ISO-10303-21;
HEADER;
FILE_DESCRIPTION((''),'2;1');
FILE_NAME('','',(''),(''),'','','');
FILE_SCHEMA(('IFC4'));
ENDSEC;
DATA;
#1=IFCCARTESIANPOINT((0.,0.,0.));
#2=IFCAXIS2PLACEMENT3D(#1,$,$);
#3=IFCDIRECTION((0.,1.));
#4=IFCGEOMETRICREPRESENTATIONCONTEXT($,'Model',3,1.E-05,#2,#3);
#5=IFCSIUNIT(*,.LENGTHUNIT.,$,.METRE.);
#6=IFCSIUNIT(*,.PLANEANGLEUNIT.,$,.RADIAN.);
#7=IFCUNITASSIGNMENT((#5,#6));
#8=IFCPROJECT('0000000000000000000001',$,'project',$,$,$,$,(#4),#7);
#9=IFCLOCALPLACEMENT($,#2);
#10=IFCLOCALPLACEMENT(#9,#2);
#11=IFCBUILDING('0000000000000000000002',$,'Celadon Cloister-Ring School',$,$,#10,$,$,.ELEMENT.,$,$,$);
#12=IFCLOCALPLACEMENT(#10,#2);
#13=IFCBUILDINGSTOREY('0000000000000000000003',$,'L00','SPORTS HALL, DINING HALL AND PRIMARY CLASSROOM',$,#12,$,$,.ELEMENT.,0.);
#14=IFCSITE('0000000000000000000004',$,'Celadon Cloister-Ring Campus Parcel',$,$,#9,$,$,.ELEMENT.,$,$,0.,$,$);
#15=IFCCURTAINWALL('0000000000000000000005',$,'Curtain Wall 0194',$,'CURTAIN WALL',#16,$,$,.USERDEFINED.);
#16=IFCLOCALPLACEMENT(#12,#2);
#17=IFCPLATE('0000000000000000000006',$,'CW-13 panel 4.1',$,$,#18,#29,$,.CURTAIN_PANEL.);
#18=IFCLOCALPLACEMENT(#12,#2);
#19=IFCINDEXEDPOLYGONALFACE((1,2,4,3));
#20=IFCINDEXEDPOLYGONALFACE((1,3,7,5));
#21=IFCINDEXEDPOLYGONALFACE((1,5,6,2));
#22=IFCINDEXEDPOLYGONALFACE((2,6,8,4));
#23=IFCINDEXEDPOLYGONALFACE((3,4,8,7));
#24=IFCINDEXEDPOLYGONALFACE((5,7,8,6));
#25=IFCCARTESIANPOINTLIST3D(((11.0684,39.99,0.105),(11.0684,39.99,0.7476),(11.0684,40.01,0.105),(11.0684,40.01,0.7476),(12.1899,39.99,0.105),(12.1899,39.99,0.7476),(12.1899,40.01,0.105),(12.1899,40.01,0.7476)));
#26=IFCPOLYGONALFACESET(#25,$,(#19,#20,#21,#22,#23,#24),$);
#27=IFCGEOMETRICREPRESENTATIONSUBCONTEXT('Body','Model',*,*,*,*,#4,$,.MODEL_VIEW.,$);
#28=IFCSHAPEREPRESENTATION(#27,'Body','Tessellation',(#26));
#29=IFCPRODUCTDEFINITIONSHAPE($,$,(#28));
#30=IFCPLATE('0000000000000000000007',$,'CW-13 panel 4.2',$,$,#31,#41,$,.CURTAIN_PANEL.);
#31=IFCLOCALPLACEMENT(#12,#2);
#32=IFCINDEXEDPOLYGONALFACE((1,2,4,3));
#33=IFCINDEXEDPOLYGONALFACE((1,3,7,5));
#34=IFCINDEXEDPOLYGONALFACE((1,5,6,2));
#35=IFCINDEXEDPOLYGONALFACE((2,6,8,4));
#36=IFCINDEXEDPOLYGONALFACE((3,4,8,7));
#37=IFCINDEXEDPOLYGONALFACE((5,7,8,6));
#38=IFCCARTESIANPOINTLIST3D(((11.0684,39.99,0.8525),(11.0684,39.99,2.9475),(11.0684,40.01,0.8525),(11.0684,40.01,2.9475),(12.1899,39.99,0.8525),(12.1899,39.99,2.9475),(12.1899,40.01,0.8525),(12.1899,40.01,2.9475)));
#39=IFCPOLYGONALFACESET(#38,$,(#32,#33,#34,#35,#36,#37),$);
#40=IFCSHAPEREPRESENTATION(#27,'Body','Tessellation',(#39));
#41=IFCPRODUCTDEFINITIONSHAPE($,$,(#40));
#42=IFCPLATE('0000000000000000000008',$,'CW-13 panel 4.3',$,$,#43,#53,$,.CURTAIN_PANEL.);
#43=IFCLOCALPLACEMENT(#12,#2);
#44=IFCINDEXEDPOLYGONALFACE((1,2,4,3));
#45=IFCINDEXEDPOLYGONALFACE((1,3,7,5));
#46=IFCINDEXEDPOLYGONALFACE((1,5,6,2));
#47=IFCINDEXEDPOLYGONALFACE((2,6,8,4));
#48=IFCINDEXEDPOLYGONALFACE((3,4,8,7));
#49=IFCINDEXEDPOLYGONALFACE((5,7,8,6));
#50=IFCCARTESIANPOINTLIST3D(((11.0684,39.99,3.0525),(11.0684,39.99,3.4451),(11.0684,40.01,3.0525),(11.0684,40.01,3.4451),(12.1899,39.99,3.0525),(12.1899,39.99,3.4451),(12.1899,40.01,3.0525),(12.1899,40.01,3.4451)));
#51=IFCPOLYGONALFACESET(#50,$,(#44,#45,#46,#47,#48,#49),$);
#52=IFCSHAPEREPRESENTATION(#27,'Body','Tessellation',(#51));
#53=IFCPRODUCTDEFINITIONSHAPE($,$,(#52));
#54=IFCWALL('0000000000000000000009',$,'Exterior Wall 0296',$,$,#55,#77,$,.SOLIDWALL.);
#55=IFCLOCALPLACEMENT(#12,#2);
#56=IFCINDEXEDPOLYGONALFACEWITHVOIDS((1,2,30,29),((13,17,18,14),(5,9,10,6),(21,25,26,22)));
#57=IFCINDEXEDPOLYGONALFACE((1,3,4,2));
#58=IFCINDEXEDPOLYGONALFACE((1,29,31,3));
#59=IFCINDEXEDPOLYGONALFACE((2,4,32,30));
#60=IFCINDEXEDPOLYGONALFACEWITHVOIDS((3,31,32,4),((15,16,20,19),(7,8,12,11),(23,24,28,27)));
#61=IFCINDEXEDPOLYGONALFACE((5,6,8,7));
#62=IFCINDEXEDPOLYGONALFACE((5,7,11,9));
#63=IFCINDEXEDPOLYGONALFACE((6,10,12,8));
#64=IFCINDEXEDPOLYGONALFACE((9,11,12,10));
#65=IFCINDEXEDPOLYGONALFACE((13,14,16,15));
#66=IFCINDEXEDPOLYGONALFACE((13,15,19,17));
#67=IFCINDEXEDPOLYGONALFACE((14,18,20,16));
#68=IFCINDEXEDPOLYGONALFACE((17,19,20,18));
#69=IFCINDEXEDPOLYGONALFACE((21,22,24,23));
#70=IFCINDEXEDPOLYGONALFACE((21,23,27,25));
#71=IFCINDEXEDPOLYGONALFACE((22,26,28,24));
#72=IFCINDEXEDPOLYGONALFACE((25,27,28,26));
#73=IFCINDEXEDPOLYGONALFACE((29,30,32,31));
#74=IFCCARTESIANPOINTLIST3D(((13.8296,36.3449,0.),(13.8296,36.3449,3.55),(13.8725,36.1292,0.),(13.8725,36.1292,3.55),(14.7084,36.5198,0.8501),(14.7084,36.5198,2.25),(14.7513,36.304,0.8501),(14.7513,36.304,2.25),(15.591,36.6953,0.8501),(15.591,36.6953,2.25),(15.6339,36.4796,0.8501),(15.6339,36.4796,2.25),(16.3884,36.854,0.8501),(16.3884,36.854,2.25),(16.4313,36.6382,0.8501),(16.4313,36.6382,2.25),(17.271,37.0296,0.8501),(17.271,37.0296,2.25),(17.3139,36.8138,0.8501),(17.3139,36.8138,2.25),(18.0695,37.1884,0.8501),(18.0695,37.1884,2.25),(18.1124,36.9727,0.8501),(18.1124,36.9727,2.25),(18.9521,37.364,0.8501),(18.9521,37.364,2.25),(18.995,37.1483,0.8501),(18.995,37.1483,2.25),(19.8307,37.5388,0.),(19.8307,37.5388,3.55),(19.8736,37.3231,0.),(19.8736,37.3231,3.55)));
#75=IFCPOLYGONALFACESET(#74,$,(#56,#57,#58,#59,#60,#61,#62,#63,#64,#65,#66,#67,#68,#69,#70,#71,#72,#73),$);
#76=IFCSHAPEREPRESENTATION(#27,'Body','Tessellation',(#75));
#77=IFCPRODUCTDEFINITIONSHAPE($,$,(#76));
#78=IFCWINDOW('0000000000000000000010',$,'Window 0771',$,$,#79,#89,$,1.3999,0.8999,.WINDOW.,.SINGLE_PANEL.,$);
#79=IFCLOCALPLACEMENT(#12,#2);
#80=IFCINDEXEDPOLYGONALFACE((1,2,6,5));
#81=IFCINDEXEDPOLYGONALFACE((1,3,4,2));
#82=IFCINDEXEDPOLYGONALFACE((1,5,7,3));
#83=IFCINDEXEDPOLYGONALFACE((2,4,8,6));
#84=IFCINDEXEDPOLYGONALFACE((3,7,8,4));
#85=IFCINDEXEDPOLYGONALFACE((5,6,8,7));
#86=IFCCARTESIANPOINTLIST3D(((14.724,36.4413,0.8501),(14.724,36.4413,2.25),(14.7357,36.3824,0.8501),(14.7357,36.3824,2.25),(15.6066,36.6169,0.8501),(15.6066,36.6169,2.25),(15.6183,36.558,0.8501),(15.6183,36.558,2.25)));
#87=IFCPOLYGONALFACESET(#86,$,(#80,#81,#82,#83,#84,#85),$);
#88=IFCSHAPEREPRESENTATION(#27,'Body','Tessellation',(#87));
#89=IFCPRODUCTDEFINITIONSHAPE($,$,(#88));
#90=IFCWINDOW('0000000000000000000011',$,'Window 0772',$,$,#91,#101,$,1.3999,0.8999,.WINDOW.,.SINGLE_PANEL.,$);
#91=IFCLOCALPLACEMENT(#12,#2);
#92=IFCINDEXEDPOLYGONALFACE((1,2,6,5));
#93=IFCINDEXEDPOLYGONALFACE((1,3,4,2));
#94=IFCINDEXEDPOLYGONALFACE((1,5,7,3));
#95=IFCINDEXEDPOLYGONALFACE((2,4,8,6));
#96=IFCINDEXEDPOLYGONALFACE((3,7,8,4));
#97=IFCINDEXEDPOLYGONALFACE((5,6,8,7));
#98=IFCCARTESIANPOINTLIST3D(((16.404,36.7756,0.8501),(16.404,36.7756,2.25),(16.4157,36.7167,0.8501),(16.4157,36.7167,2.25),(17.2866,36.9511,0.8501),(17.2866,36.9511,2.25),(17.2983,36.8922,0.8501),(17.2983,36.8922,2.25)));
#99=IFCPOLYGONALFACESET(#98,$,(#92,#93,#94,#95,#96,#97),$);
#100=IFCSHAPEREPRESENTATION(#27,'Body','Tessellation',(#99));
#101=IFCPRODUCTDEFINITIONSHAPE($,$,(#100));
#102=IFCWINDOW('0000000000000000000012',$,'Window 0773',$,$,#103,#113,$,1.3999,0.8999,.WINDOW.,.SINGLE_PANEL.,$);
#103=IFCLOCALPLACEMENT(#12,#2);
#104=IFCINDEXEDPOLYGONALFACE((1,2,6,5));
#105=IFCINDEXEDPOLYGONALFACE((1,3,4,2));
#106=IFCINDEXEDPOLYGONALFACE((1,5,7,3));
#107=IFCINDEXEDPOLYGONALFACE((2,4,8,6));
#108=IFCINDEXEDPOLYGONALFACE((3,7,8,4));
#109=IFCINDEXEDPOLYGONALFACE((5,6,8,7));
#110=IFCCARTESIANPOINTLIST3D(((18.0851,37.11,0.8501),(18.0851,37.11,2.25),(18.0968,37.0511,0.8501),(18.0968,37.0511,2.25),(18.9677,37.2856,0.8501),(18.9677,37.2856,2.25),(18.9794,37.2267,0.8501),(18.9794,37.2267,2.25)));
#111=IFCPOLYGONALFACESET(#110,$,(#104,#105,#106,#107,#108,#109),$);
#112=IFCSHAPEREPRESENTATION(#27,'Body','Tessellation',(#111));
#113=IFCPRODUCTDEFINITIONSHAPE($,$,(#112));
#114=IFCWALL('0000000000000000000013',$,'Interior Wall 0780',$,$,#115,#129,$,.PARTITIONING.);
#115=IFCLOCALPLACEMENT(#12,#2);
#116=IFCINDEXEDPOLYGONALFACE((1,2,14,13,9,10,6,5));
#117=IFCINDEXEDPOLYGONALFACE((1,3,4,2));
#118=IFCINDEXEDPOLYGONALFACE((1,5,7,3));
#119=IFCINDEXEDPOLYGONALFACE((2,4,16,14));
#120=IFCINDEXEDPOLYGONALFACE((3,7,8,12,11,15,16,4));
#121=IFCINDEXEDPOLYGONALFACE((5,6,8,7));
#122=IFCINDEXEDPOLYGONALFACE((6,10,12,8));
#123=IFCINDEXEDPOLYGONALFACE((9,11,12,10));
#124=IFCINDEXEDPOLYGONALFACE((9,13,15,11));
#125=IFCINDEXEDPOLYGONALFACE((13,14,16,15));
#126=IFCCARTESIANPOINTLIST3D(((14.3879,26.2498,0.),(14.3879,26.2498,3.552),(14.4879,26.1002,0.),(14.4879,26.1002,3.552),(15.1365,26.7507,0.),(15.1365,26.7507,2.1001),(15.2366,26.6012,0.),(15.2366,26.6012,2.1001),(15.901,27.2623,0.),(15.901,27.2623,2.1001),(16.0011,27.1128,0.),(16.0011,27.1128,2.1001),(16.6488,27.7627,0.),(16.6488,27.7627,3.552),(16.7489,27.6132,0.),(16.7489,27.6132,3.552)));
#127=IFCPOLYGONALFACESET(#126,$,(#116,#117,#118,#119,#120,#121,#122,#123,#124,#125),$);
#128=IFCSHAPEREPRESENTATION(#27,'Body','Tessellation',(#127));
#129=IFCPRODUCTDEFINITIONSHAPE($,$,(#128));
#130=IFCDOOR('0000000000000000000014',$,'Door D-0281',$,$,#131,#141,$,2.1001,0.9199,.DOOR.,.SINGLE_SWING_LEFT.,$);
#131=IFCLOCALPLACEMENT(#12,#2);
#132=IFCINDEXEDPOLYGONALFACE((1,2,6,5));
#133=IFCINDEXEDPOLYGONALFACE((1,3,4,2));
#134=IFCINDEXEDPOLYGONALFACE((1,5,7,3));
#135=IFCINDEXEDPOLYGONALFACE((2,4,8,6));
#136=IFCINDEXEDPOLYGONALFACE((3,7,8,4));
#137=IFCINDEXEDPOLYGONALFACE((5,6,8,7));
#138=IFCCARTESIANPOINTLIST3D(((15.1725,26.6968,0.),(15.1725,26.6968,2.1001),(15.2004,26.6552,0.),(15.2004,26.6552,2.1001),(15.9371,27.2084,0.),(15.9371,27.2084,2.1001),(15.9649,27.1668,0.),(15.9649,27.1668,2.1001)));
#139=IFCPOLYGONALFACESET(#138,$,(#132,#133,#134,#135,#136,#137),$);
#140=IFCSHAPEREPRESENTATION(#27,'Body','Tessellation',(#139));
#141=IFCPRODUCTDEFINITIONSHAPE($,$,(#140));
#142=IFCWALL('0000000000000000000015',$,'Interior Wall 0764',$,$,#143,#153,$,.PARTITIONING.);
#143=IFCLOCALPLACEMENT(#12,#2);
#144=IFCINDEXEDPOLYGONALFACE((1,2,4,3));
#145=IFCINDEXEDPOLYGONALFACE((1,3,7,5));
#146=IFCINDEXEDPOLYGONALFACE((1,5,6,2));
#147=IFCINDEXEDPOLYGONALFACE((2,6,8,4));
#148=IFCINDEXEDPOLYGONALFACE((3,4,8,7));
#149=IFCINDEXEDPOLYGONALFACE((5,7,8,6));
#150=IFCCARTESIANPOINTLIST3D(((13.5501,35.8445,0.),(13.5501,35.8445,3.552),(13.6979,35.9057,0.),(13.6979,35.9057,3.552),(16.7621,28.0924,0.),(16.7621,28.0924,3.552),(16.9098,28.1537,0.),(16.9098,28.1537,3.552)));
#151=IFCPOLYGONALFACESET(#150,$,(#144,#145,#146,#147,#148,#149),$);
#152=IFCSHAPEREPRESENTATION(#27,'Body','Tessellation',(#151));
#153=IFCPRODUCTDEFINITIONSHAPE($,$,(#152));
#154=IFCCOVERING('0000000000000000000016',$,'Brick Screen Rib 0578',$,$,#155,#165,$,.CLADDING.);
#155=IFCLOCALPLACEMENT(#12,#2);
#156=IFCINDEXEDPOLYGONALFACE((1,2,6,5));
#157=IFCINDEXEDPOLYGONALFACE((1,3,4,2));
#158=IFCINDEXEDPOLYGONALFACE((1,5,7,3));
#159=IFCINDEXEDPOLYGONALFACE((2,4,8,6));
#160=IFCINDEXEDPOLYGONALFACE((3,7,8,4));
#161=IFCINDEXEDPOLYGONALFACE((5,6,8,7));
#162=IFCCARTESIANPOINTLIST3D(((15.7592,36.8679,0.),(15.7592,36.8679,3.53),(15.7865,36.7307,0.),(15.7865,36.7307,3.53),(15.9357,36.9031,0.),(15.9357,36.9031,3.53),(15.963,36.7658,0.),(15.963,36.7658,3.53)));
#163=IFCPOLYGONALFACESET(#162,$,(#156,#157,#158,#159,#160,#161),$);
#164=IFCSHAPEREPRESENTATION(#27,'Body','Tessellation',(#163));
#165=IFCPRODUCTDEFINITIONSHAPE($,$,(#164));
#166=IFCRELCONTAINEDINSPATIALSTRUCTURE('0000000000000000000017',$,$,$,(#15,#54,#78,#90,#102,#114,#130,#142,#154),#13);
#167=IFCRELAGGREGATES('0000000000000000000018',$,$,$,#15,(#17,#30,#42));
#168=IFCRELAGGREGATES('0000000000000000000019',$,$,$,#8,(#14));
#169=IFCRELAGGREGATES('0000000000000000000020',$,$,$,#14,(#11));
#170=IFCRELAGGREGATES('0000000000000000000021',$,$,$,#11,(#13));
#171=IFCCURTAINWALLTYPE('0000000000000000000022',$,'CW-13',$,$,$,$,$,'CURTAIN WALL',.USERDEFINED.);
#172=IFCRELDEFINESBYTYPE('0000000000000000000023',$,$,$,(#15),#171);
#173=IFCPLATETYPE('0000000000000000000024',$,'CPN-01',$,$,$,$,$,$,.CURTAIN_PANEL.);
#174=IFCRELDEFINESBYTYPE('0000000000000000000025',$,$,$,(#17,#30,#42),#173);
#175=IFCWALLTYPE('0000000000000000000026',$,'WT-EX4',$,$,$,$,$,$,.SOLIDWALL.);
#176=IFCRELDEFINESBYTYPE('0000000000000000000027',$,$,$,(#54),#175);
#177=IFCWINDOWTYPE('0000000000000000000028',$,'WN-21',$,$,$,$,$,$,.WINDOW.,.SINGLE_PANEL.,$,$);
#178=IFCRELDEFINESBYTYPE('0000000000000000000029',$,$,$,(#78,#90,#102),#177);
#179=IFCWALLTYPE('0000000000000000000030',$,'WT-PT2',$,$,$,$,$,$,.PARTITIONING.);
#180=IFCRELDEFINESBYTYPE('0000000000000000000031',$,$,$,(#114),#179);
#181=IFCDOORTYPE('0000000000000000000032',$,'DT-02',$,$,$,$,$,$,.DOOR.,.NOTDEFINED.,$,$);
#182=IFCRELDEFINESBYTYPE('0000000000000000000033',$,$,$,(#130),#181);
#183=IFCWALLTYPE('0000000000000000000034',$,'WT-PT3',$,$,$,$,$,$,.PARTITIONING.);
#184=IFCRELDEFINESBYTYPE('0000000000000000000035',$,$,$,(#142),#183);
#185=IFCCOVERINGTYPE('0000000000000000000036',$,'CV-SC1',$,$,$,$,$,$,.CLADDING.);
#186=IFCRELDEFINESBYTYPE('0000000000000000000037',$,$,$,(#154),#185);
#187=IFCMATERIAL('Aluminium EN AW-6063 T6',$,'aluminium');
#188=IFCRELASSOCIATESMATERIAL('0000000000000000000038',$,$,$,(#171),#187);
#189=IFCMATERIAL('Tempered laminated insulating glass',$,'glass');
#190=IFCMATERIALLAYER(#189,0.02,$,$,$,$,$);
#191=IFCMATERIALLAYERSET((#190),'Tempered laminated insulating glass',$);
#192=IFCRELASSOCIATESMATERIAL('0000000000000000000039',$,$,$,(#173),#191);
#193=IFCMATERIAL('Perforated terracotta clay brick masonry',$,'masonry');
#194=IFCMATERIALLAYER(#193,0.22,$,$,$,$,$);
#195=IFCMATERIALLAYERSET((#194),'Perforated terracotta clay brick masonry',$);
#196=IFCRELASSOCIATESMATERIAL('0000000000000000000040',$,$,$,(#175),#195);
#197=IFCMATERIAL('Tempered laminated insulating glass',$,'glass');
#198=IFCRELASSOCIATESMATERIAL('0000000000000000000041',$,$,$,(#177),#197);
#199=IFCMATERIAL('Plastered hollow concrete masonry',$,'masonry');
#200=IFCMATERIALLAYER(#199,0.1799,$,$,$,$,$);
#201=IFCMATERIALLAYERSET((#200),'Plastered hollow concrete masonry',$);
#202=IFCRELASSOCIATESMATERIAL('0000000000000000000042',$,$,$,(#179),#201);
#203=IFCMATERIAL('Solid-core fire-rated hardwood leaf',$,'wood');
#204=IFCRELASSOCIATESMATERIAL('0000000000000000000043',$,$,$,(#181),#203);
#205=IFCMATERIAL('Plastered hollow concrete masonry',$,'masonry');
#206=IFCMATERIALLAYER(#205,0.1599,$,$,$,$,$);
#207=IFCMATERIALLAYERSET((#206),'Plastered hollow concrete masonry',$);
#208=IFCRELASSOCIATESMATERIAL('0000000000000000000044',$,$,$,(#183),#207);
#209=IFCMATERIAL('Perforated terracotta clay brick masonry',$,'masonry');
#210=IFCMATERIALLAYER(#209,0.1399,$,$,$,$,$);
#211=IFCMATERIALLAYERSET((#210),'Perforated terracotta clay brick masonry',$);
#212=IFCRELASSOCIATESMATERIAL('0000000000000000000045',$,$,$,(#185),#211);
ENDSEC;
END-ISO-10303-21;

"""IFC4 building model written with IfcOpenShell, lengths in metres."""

from ifc_helpers import new_model, si_unit, direction, frame, frame_2d, origin, origin_2d, place, context, subcontext, project, spatial, rectangle, extrude, material, layer, layer_set, type_object, element, fill, aggregate, save


model = new_model("IFC4")

# Units and contexts
model_context = context("Model", 3, precision=1e-05, world=origin(), true_north=direction((0.0, 1.0)))
body_context = subcontext(model_context, "Body", "Model", "MODEL_VIEW")
ifc_project = project(units=[si_unit("LENGTHUNIT", "METRE"), si_unit("PLANEANGLEUNIT", "RADIAN")], contexts=[model_context])

# Site, building, storey
site_placement = place(None, origin())
site = spatial("IfcSite", under=ifc_project, at=site_placement, Name="Celadon Cloister-Ring Campus Parcel", CompositionType="ELEMENT", RefElevation=0.0)
building_placement = place(site_placement, origin())
building = spatial("IfcBuilding", under=site, at=building_placement, Name="Celadon Cloister-Ring School", CompositionType="ELEMENT")
storey_placement = place(building_placement, origin())
storey = spatial("IfcBuildingStorey", under=building, at=storey_placement, Name="L00", Description="SPORTS HALL, DINING HALL AND PRIMARY CLASSROOM", CompositionType="ELEMENT", Elevation=0.0)

# Curtain wall
ifc_material_1 = material(Name="Aluminium EN AW-6063 T6", Category="aluminium")
curtain_wall_type = type_object("IfcCurtainWallType", Name="CW-13", ElementType="CURTAIN WALL", PredefinedType="USERDEFINED", material=ifc_material_1)
curtain_wall_placement = place(storey_placement, origin())
curtain_wall = element("IfcCurtainWall", 1, at=curtain_wall_placement, inside=storey, type_object=curtain_wall_type, Name="Curtain Wall 0194", ObjectType="CURTAIN WALL", PredefinedType="USERDEFINED")

# Plates
ifc_material_2 = material(Name="Tempered laminated insulating glass", Category="glass")
ifc_layer_1 = layer(ifc_material_2, 0.02)
ifc_layer_set_1 = layer_set([ifc_layer_1], Name="Tempered laminated insulating glass")
plate_type = type_object("IfcPlateType", Name="CPN-01", PredefinedType="CURTAIN_PANEL", material=ifc_layer_set_1)
plate_1_placement = place(storey_placement, frame((11.6292, 40.0, 0.105), z_axis=(0.0, 0.0, 1.0), x_axis=(-1.0, 0.0, 0.0)))
plate_1 = element("IfcPlate", 2, at=plate_1_placement, type_object=plate_type, Name="CW-13 panel 4.1", PredefinedType="CURTAIN_PANEL", context=body_context, shape_type="SweptSolid", body=[
    extrude(rectangle(XDim=1.1216, YDim=0.02, at=origin_2d()), origin(), (0.0, 0.0, 1.0), 0.6426),
])
plate_2_placement = place(storey_placement, frame((11.6292, 40.0, 0.8525), z_axis=(0.0, 0.0, 1.0), x_axis=(-1.0, 0.0, 0.0)))
plate_2 = element("IfcPlate", 3, at=plate_2_placement, type_object=plate_type, Name="CW-13 panel 4.2", PredefinedType="CURTAIN_PANEL", context=body_context, shape_type="SweptSolid", body=[
    extrude(rectangle(XDim=1.1216, YDim=0.02, at=origin_2d()), origin(), (0.0, 0.0, 1.0), 2.095),
])
plate_3_placement = place(storey_placement, frame((11.6292, 40.0, 3.0525), z_axis=(0.0, 0.0, 1.0), x_axis=(-1.0, 0.0, 0.0)))
plate_3 = element("IfcPlate", 4, at=plate_3_placement, type_object=plate_type, Name="CW-13 panel 4.3", PredefinedType="CURTAIN_PANEL", context=body_context, shape_type="SweptSolid", body=[
    extrude(rectangle(XDim=1.1216, YDim=0.02, at=origin_2d()), origin(), (0.0, 0.0, 1.0), 0.3926),
])
aggregate(curtain_wall, [plate_1, plate_2, plate_3])

# Wall, openings, windows
ifc_material_3 = material(Name="Perforated terracotta clay brick masonry", Category="masonry")
ifc_layer_2 = layer(ifc_material_3, 0.22)
ifc_layer_set_2 = layer_set([ifc_layer_2], Name="Perforated terracotta clay brick masonry")
wall_type_1 = type_object("IfcWallType", Name="WT-EX4", PredefinedType="SOLIDWALL", material=ifc_layer_set_2)
wall_1_placement = place(storey_placement, frame((13.8511, 36.2371, 0.0), z_axis=(0.0, 0.0, 1.0), x_axis=(0.98078, 0.195118, 0.0)))
wall_1 = element("IfcWall", 5, at=wall_1_placement, inside=storey, type_object=wall_type_1, Name="Exterior Wall 0296", PredefinedType="SOLIDWALL", context=body_context, shape_type="SweptSolid", body=[
    extrude(rectangle(XDim=6.1187, YDim=0.22, at=frame_2d((3.0593, 0.0))), origin(), (0.0, 0.0, 1.0), 3.55),
])
opening_1_placement = place(wall_1_placement, frame((0.896, 0.0, 0.8501)))
opening_1 = element("IfcOpeningElement", 6, at=opening_1_placement, cuts=wall_1, PredefinedType="OPENING", context=body_context, shape_type="SweptSolid", body=[
    extrude(rectangle(XDim=0.8999, YDim=1.3999, at=frame_2d((0.45, 0.7))), frame((0.0, 0.1201, 0.0), z_axis=(0.0, -1.0, 0.0), x_axis=(1.0, 0.0, 0.0)), (0.0, 0.0, 1.0), 0.24),
])
opening_2_placement = place(wall_1_placement, frame((2.6089, 0.0, 0.8501)))
opening_2 = element("IfcOpeningElement", 7, at=opening_2_placement, cuts=wall_1, PredefinedType="OPENING", context=body_context, shape_type="SweptSolid", body=[
    extrude(rectangle(XDim=0.8999, YDim=1.3999, at=frame_2d((0.45, 0.7))), frame((0.0, 0.1201, 0.0), z_axis=(0.0, -1.0, 0.0), x_axis=(1.0, 0.0, 0.0)), (0.0, 0.0, 1.0), 0.24),
])
opening_3_placement = place(wall_1_placement, frame((4.323, 0.0, 0.8501)))
opening_3 = element("IfcOpeningElement", 8, at=opening_3_placement, cuts=wall_1, PredefinedType="OPENING", context=body_context, shape_type="SweptSolid", body=[
    extrude(rectangle(XDim=0.8999, YDim=1.3999, at=frame_2d((0.45, 0.7))), frame((0.0, 0.1201, 0.0), z_axis=(0.0, -1.0, 0.0), x_axis=(1.0, 0.0, 0.0)), (0.0, 0.0, 1.0), 0.24),
])
ifc_material_4 = material(Name="Tempered laminated insulating glass", Category="glass")
window_type = type_object("IfcWindowType", Name="WN-21", PartitioningType="SINGLE_PANEL", PredefinedType="WINDOW", material=ifc_material_4)
window_1_placement = place(opening_1_placement, origin())
window_1 = element("IfcWindow", 9, at=window_1_placement, inside=storey, type_object=window_type, Name="Window 0771", OverallHeight=1.3999, OverallWidth=0.8999, PartitioningType="SINGLE_PANEL", PredefinedType="WINDOW", context=body_context, shape_type="SweptSolid", body=[
    extrude(rectangle(XDim=0.8999, YDim=1.3999, at=frame_2d((0.45, 0.7))), frame((0.0, 0.03, 0.0), z_axis=(0.0, -1.0, 0.0), x_axis=(1.0, 0.0, 0.0)), (0.0, 0.0, 1.0), 0.0601),
])
fill(opening_1, window_1)
window_2_placement = place(opening_2_placement, origin())
window_2 = element("IfcWindow", 10, at=window_2_placement, inside=storey, type_object=window_type, Name="Window 0772", OverallHeight=1.3999, OverallWidth=0.8999, PartitioningType="SINGLE_PANEL", PredefinedType="WINDOW", context=body_context, shape_type="SweptSolid", body=[
    extrude(rectangle(XDim=0.8999, YDim=1.3999, at=frame_2d((0.45, 0.7))), frame((0.0, 0.03, 0.0), z_axis=(0.0, -1.0, 0.0), x_axis=(1.0, 0.0, 0.0)), (0.0, 0.0, 1.0), 0.0601),
])
fill(opening_2, window_2)
window_3_placement = place(opening_3_placement, origin())
window_3 = element("IfcWindow", 11, at=window_3_placement, inside=storey, type_object=window_type, Name="Window 0773", OverallHeight=1.3999, OverallWidth=0.8999, PartitioningType="SINGLE_PANEL", PredefinedType="WINDOW", context=body_context, shape_type="SweptSolid", body=[
    extrude(rectangle(XDim=0.8999, YDim=1.3999, at=frame_2d((0.45, 0.7))), frame((0.0, 0.03, 0.0), z_axis=(0.0, -1.0, 0.0), x_axis=(1.0, 0.0, 0.0)), (0.0, 0.0, 1.0), 0.0601),
])
fill(opening_3, window_3)

# Wall, opening, door
ifc_material_5 = material(Name="Plastered hollow concrete masonry", Category="masonry")
ifc_layer_3 = layer(ifc_material_5, 0.1799)
ifc_layer_set_3 = layer_set([ifc_layer_3], Name="Plastered hollow concrete masonry")
wall_type_2 = type_object("IfcWallType", Name="WT-PT2", PredefinedType="PARTITIONING", material=ifc_layer_set_3)
wall_2_placement = place(storey_placement, frame((16.699, 27.688, 0.0), z_axis=(0.0, 0.0, 1.0), x_axis=(-0.831096, -0.556128, 0.0)))
wall_2 = element("IfcWall", 12, at=wall_2_placement, inside=storey, type_object=wall_type_2, Name="Interior Wall 0780", PredefinedType="PARTITIONING", context=body_context, shape_type="SweptSolid", body=[
    extrude(rectangle(XDim=2.7205, YDim=0.1799, at=frame_2d((1.3604, 0.0))), origin(), (0.0, 0.0, 1.0), 3.552),
])
opening_4_placement = place(wall_2_placement, frame((0.8999, 0.0, 0.0)))
opening_4 = element("IfcOpeningElement", 13, at=opening_4_placement, cuts=wall_2, PredefinedType="OPENING", context=body_context, shape_type="SweptSolid", body=[
    extrude(rectangle(XDim=0.9199, YDim=2.1001, at=frame_2d((0.46, 1.05))), frame((0.0, 0.1001, 0.0), z_axis=(0.0, -1.0, 0.0), x_axis=(1.0, 0.0, 0.0)), (0.0, 0.0, 1.0), 0.2),
])
ifc_material_6 = material(Name="Solid-core fire-rated hardwood leaf", Category="wood")
door_type = type_object("IfcDoorType", Name="DT-02", OperationType="NOTDEFINED", PredefinedType="DOOR", material=ifc_material_6)
door_placement = place(opening_4_placement, origin())
door = element("IfcDoor", 14, at=door_placement, inside=storey, type_object=door_type, Name="Door D-0281", OperationType="SINGLE_SWING_LEFT", OverallHeight=2.1001, OverallWidth=0.9199, PredefinedType="DOOR", context=body_context, shape_type="SweptSolid", body=[
    extrude(rectangle(XDim=0.9199, YDim=2.1001, at=frame_2d((0.46, 1.05))), frame((0.0, 0.0249, 0.0), z_axis=(0.0, -1.0, 0.0), x_axis=(1.0, 0.0, 0.0)), (0.0, 0.0, 1.0), 0.05),
])
fill(opening_4, door)

# Wall
ifc_material_7 = material(Name="Plastered hollow concrete masonry", Category="masonry")
ifc_layer_4 = layer(ifc_material_7, 0.1599)
ifc_layer_set_4 = layer_set([ifc_layer_4], Name="Plastered hollow concrete masonry")
wall_type_3 = type_object("IfcWallType", Name="WT-PT3", PredefinedType="PARTITIONING", material=ifc_layer_set_4)
wall_3_placement = place(storey_placement, frame((16.8359, 28.123, 0.0), z_axis=(0.0, 0.0, 1.0), x_axis=(-0.38278, 0.92384, 0.0)))
element("IfcWall", 15, at=wall_3_placement, inside=storey, type_object=wall_type_3, Name="Interior Wall 0764", PredefinedType="PARTITIONING", context=body_context, shape_type="SweptSolid", body=[
    extrude(rectangle(XDim=8.3911, YDim=0.1599, at=frame_2d((4.1956, 0.0))), origin(), (0.0, 0.0, 1.0), 3.552),
])

# Covering
ifc_material_8 = material(Name="Perforated terracotta clay brick masonry", Category="masonry")
ifc_layer_5 = layer(ifc_material_8, 0.1399)
ifc_layer_set_5 = layer_set([ifc_layer_5], Name="Perforated terracotta clay brick masonry")
covering_type = type_object("IfcCoveringType", Name="CV-SC1", PredefinedType="CLADDING", material=ifc_layer_set_5)
for number, where, z_axis, x_axis, name in (
    (16, (15.8611, 36.8169, 0.0), (0.0, 0.0, 1.0), (0.980775, 0.195142, 0.0), "Brick Screen Rib 0578"),
):
    element("IfcCovering", number, at=place(storey_placement, frame(where, z_axis=z_axis, x_axis=x_axis)), inside=storey, type_object=covering_type, Name=name, PredefinedType="CLADDING", context=body_context, shape_type="SweptSolid", body=[
        extrude(rectangle(XDim=0.1799, YDim=0.1399, at=origin_2d()), origin(), (0.0, 0.0, 1.0), 3.53),
    ])

save(model, "model.ifc")
